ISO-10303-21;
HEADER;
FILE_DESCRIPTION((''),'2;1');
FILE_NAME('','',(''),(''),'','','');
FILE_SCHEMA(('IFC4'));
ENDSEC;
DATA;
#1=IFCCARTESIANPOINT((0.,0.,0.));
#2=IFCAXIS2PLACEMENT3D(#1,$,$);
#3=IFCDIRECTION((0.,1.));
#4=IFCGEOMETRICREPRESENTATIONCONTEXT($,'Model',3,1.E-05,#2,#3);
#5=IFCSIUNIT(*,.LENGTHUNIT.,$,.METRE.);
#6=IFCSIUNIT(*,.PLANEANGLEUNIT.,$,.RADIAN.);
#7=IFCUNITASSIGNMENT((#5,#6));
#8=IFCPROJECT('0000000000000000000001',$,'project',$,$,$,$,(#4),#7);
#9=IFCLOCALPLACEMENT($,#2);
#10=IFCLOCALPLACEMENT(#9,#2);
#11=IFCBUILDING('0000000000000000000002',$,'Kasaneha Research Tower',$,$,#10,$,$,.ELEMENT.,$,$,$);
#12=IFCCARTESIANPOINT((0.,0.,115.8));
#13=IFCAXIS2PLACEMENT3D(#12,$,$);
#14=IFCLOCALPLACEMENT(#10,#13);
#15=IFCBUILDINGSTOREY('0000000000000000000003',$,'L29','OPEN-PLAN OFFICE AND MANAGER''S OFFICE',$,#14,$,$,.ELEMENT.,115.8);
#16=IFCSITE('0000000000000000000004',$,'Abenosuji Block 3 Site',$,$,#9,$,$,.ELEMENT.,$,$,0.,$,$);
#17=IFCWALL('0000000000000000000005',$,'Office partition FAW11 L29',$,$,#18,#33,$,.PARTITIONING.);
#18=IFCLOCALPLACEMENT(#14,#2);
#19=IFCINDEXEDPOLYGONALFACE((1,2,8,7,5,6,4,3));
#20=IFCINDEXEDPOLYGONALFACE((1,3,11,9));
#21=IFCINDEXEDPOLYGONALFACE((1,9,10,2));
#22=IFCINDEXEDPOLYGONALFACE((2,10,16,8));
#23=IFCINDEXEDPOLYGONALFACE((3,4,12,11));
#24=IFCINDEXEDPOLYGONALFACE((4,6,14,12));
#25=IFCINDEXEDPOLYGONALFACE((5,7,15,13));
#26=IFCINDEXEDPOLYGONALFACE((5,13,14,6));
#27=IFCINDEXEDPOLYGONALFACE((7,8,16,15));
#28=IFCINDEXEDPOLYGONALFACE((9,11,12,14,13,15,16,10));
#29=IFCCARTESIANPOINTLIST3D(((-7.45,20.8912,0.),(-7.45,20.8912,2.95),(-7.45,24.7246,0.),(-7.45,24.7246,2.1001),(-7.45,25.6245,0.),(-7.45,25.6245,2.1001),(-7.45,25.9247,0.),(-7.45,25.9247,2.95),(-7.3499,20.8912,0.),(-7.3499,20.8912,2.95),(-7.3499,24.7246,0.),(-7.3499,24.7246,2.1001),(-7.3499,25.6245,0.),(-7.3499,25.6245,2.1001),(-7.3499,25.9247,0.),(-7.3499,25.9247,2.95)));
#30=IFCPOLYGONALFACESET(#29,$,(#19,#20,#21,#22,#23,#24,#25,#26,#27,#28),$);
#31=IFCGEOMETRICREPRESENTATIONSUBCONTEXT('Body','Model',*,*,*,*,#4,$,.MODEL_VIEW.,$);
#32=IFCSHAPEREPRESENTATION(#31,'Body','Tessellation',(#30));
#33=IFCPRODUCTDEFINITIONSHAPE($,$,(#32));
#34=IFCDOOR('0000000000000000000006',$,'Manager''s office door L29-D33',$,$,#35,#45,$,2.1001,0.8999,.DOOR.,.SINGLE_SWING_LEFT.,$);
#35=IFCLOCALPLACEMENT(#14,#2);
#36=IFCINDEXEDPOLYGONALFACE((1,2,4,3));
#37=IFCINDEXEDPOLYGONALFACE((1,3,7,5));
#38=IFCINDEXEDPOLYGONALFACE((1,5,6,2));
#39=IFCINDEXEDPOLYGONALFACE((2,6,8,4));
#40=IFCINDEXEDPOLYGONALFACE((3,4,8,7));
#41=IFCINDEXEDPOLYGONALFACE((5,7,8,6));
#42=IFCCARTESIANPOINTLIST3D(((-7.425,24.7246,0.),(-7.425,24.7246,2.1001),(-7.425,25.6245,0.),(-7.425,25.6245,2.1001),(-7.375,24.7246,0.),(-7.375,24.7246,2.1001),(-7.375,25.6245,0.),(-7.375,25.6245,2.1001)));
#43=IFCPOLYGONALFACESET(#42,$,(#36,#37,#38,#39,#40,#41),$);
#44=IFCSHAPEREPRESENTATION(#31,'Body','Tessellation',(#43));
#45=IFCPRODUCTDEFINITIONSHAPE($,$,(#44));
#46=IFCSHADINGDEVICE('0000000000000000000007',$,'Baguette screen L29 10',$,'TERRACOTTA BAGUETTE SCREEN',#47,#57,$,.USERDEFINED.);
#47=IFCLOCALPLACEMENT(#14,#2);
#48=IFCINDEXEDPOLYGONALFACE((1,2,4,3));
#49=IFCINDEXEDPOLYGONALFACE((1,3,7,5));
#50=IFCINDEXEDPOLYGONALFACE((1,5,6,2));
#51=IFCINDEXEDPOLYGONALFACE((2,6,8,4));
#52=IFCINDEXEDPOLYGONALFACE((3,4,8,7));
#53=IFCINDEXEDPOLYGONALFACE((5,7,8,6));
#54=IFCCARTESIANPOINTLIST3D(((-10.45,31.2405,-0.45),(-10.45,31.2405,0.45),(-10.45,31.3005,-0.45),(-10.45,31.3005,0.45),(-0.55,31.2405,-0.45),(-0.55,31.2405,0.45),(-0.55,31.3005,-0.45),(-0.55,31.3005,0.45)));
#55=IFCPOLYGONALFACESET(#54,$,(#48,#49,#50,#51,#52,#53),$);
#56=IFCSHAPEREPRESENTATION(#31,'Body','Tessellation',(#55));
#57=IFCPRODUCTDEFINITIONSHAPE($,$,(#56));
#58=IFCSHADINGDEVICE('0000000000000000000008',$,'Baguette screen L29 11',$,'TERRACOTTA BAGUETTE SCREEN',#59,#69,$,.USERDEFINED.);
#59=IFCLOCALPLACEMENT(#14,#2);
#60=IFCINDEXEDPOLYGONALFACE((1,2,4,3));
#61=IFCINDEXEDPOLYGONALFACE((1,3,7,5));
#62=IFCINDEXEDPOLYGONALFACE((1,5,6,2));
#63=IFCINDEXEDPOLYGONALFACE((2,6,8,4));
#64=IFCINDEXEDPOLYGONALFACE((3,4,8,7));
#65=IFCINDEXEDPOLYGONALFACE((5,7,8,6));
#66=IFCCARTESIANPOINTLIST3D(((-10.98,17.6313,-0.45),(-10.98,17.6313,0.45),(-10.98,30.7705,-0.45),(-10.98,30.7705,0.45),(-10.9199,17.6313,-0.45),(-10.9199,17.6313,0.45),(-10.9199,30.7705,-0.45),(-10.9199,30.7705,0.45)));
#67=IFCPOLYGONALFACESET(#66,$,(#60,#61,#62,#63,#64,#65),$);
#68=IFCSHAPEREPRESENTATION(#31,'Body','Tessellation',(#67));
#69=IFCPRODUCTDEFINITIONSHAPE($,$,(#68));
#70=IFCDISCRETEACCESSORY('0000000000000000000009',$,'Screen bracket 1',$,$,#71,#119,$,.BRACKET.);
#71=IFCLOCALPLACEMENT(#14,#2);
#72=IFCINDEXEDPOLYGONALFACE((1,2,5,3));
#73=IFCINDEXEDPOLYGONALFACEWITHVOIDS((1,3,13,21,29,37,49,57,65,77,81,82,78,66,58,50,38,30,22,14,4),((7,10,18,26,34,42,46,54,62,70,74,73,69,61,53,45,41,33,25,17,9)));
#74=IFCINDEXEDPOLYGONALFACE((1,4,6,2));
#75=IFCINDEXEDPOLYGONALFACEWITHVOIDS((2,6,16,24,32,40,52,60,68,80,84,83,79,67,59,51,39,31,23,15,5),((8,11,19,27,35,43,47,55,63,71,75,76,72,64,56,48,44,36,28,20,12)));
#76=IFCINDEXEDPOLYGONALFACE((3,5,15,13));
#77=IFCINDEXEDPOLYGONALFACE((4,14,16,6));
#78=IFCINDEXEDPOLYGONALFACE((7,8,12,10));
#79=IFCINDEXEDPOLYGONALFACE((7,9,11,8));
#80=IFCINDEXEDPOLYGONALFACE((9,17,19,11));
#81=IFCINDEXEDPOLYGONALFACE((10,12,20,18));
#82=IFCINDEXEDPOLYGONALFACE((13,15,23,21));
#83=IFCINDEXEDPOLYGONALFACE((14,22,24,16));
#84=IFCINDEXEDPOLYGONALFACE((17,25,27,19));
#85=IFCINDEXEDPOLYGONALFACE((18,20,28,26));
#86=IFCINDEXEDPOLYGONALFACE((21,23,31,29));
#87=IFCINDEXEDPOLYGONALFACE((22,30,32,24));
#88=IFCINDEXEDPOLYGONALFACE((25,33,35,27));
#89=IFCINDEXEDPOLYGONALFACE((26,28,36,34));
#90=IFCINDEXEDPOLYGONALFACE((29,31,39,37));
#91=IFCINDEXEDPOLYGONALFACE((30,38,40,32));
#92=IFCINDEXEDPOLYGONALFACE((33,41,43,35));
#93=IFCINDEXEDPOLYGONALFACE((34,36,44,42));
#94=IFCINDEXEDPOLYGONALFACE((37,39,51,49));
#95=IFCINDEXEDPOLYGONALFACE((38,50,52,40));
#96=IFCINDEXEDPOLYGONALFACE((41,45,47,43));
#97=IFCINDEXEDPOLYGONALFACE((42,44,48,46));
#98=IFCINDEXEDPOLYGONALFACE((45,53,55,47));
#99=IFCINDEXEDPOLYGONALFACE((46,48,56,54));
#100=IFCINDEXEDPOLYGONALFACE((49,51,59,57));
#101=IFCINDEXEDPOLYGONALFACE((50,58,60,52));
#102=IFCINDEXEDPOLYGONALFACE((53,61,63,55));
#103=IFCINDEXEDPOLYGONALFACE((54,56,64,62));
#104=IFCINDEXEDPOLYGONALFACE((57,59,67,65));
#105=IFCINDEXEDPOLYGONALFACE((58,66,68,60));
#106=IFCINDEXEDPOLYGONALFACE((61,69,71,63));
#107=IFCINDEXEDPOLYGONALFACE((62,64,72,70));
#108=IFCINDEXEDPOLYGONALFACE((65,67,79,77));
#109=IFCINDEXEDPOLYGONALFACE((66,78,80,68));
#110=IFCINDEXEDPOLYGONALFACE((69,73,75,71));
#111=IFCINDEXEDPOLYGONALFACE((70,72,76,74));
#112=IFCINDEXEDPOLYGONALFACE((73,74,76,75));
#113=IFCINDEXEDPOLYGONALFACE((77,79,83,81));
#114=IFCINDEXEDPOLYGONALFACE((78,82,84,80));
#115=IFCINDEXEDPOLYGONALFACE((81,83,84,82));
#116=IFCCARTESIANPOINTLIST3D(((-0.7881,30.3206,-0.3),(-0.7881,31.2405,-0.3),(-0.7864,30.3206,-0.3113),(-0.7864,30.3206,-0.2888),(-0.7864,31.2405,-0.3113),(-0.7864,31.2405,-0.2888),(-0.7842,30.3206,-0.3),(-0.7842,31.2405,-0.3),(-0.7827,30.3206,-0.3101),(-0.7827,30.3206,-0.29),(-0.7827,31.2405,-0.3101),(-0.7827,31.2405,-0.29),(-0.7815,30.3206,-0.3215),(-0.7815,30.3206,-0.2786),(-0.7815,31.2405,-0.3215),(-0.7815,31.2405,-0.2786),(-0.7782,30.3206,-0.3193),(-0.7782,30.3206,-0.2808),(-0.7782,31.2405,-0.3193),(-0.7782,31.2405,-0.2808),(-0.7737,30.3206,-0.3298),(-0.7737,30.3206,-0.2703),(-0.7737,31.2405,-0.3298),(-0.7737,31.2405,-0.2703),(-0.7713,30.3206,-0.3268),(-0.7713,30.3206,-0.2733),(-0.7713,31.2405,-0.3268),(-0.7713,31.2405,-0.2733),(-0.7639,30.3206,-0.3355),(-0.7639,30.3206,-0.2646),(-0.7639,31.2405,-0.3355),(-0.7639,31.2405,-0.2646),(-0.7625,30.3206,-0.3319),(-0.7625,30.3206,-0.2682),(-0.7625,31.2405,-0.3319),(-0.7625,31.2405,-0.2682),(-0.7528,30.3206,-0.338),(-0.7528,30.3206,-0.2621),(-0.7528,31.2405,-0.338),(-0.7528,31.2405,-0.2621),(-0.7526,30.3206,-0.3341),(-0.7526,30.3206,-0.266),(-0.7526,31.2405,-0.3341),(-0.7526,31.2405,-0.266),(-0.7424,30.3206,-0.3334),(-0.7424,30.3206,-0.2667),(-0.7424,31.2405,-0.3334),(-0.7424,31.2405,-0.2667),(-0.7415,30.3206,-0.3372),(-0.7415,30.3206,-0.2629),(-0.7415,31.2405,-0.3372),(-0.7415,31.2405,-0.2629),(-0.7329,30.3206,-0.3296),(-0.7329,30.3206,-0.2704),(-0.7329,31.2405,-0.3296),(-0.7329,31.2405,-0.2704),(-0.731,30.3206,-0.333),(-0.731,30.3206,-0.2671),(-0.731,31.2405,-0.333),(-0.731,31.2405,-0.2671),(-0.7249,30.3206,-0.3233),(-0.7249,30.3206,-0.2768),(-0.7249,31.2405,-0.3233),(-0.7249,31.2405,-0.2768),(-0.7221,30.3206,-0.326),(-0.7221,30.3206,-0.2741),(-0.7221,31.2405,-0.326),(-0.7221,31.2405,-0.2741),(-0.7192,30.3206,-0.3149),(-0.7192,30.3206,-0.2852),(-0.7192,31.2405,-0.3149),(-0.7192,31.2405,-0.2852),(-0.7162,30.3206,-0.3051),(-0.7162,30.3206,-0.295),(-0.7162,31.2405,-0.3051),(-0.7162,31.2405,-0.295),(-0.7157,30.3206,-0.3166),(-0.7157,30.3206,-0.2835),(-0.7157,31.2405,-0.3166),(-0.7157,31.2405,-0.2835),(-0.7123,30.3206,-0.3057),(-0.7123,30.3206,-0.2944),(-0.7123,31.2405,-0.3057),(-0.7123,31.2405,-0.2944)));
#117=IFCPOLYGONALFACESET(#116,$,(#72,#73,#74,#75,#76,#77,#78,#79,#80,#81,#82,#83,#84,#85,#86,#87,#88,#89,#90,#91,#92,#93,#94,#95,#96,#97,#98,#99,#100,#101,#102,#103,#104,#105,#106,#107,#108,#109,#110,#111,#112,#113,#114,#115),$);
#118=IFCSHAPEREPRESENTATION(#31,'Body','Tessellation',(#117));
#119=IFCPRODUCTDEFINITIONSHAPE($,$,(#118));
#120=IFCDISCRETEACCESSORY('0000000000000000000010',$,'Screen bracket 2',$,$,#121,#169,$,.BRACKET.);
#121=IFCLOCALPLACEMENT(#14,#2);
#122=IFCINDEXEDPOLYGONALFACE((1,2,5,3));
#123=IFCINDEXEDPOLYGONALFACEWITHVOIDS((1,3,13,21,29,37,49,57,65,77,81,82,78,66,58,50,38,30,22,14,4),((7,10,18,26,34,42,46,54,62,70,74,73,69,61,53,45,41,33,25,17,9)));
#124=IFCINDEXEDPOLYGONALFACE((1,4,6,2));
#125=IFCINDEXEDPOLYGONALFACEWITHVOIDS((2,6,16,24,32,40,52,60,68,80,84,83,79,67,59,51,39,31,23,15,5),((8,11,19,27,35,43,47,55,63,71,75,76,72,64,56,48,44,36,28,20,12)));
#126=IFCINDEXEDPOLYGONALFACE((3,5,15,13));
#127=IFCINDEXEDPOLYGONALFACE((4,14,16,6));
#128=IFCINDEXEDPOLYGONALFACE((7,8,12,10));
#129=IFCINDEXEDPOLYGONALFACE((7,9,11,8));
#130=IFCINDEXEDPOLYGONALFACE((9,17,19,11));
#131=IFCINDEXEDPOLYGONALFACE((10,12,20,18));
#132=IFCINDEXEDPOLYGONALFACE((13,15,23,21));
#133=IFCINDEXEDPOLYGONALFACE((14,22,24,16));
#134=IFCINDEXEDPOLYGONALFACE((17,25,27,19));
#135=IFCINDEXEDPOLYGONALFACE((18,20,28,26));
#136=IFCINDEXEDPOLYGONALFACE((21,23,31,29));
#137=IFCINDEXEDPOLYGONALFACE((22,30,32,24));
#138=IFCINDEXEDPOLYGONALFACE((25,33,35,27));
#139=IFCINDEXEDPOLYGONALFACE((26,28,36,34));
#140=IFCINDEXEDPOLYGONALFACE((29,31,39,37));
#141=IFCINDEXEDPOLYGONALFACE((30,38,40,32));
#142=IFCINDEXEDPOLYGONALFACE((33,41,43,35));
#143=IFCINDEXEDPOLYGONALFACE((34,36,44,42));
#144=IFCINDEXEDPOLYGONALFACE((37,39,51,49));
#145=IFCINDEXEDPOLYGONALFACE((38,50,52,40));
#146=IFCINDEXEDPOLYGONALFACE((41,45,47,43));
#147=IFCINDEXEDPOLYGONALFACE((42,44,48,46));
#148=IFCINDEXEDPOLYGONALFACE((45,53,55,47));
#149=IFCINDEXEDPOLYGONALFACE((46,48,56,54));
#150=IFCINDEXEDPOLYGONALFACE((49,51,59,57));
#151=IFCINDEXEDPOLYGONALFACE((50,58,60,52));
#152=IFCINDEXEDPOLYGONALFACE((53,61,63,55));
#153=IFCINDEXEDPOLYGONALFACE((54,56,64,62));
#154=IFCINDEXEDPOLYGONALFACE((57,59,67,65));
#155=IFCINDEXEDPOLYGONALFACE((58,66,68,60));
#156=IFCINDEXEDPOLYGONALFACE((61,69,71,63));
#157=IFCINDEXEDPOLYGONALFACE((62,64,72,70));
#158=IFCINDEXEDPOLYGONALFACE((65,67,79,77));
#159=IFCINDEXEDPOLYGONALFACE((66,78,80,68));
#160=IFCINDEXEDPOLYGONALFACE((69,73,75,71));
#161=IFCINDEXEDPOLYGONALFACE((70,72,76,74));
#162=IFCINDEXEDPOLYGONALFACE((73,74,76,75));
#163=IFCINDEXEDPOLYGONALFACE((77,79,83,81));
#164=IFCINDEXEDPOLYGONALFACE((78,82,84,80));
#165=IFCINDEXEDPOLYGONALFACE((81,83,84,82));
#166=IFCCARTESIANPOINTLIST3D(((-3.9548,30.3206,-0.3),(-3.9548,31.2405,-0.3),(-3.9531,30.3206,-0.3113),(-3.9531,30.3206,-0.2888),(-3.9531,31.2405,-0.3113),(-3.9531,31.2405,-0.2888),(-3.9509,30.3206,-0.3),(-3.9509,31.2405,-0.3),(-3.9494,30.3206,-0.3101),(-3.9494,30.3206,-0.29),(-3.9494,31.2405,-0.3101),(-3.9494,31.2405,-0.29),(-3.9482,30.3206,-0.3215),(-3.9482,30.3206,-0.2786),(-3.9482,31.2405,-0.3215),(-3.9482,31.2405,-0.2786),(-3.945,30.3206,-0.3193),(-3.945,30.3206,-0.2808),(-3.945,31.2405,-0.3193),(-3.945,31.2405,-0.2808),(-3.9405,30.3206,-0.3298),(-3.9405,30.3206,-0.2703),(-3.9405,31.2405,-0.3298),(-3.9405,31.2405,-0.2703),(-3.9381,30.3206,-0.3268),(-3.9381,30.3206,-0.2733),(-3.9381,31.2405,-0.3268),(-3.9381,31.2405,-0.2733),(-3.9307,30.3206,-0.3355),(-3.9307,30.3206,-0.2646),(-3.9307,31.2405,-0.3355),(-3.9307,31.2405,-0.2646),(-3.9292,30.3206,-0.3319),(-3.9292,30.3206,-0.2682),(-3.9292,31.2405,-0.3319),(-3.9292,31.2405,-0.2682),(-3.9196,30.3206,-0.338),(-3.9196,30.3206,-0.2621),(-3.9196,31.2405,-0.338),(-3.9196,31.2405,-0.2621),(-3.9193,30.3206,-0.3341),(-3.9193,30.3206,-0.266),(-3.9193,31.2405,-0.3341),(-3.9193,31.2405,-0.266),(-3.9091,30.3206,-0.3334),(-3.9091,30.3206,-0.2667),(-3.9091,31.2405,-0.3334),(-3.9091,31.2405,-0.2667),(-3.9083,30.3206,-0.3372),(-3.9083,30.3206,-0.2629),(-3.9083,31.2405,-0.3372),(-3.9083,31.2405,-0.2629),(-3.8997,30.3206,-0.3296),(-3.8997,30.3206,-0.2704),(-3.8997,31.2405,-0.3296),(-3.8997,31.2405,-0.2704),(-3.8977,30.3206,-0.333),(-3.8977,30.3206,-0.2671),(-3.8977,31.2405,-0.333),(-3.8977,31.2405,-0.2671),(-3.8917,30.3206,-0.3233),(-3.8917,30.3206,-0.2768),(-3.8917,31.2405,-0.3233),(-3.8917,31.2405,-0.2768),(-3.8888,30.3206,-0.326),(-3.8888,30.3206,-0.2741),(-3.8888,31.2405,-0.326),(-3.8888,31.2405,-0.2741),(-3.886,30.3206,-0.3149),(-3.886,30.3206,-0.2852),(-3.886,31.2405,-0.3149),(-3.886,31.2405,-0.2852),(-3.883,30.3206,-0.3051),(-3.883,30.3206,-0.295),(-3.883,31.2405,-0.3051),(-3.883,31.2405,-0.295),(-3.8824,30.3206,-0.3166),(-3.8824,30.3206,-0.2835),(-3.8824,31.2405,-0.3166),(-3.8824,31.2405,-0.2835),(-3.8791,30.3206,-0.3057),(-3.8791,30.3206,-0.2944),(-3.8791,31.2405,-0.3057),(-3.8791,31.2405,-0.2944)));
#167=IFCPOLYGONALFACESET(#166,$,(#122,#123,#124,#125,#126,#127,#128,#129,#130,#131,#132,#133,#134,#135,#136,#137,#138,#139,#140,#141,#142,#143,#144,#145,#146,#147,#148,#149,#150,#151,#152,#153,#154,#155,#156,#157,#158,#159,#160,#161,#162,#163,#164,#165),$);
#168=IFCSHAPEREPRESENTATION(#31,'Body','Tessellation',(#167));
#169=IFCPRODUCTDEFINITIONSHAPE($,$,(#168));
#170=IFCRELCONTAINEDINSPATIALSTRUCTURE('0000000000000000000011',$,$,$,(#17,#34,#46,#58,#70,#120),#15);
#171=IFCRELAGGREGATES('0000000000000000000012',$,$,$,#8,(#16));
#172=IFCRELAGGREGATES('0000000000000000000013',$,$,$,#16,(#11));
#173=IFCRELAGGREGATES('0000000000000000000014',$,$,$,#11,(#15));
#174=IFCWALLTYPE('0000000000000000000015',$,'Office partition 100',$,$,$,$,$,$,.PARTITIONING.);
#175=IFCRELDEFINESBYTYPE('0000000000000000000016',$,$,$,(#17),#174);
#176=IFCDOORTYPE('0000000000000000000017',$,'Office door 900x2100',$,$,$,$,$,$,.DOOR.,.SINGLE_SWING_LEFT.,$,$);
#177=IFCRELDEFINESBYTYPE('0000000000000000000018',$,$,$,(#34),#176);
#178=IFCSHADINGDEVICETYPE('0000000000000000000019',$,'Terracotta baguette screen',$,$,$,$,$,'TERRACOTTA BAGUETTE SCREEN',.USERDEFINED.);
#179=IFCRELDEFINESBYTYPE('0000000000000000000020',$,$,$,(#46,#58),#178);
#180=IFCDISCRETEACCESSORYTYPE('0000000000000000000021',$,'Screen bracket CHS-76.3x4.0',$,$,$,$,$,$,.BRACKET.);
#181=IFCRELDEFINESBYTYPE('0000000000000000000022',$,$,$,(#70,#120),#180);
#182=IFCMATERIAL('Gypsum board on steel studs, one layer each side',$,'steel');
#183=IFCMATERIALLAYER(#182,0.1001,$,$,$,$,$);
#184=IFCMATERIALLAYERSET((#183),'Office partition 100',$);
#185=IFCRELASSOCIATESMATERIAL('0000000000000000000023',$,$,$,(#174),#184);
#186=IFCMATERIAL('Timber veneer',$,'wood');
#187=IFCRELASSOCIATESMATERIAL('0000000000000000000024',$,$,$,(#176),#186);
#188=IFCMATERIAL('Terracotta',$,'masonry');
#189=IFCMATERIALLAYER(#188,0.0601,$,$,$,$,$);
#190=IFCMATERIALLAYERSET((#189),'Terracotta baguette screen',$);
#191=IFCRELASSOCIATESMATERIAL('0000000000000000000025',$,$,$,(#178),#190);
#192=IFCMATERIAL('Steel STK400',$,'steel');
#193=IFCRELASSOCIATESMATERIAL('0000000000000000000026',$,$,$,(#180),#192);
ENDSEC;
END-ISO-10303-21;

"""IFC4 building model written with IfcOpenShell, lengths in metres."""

from ifc_helpers import new_model, si_unit, direction, frame, frame_2d, origin, origin_2d, place, context, subcontext, project, spatial, rectangle, hollow_circle, extrude, material, layer, layer_set, material_profile, profile_set, type_object, element, fill, save


model = new_model("IFC4")

# Units and contexts
model_context = context("Model", 3, precision=1e-05, world=origin(), true_north=direction((0.0, 1.0)))
body_context = subcontext(model_context, "Body", "Model", "MODEL_VIEW")
ifc_project = project(units=[si_unit("LENGTHUNIT", "METRE"), si_unit("PLANEANGLEUNIT", "RADIAN")], contexts=[model_context])

# Site, building, storey
site_placement = place(None, origin())
site = spatial("IfcSite", under=ifc_project, at=site_placement, Name="Abenosuji Block 3 Site", CompositionType="ELEMENT", RefElevation=0.0)
building_placement = place(site_placement, origin())
building = spatial("IfcBuilding", under=site, at=building_placement, Name="Kasaneha Research Tower", CompositionType="ELEMENT")
storey_placement = place(building_placement, frame((0.0, 0.0, 115.8)))
storey = spatial("IfcBuildingStorey", under=building, at=storey_placement, Name="L29", Description="OPEN-PLAN OFFICE AND MANAGER'S OFFICE", CompositionType="ELEMENT", Elevation=115.8)

# Shared definitions
ifc_material_1 = material(Name="Gypsum board on steel studs, one layer each side", Category="steel")
ifc_layer_1 = layer(ifc_material_1, 0.1001)
ifc_layer_set_1 = layer_set([ifc_layer_1], Name="Office partition 100")
wall_type = type_object("IfcWallType", Name="Office partition 100", PredefinedType="PARTITIONING", material=ifc_layer_set_1)

# Wall, opening, door
ifc_material_2 = material(Name="Timber veneer", Category="wood")
door_type = type_object("IfcDoorType", Name="Office door 900x2100", OperationType="SINGLE_SWING_LEFT", PredefinedType="DOOR", material=ifc_material_2)
wall_1_placement = place(storey_placement, frame((-7.3999, 25.9246, 0.0), z_axis=(0.0, 0.0, 1.0), x_axis=(0.0, -1.0, 0.0)))
wall_1 = element("IfcWall", 1, at=wall_1_placement, inside=storey, type_object=wall_type, Name="Office partition FAW11 L29", PredefinedType="PARTITIONING", context=body_context, shape_type="SweptSolid", body=[
    extrude(rectangle(XDim=5.0334, YDim=0.1001, at=frame_2d((2.5166, 0.0))), origin(), (0.0, 0.0, 1.0), 2.95),
])
opening_1_placement = place(wall_1_placement, frame((0.3, 0.0, 0.0)))
opening_1 = element("IfcOpeningElement", 2, at=opening_1_placement, cuts=wall_1, PredefinedType="OPENING", context=body_context, shape_type="SweptSolid", body=[
    extrude(rectangle(XDim=0.8999, YDim=2.1001, at=frame_2d((0.45, 1.05))), frame((0.0, 0.0601, 0.0), z_axis=(0.0, -1.0, 0.0), x_axis=(1.0, 0.0, 0.0)), (0.0, 0.0, 1.0), 0.1201),
])
door_1_placement = place(opening_1_placement, origin())
door_1 = element("IfcDoor", 3, at=door_1_placement, inside=storey, type_object=door_type, Name="Manager's office door L29-D33", OperationType="SINGLE_SWING_LEFT", OverallHeight=2.1001, OverallWidth=0.8999, PredefinedType="DOOR", context=body_context, shape_type="SweptSolid", body=[
    extrude(rectangle(XDim=0.8999, YDim=2.1001, at=frame_2d((0.45, 1.05))), frame((0.0, 0.0249, 0.0), z_axis=(0.0, -1.0, 0.0), x_axis=(1.0, 0.0, 0.0)), (0.0, 0.0, 1.0), 0.05),
])
fill(opening_1, door_1)

# Shading devices
ifc_material_3 = material(Name="Terracotta", Category="masonry")
ifc_layer_2 = layer(ifc_material_3, 0.0601)
ifc_layer_set_2 = layer_set([ifc_layer_2], Name="Terracotta baguette screen")
shading_device_type = type_object("IfcShadingDeviceType", Name="Terracotta baguette screen", ElementType="TERRACOTTA BAGUETTE SCREEN", PredefinedType="USERDEFINED", material=ifc_layer_set_2)
shading_device_1_placement = place(storey_placement, frame((-5.5, 31.2705, -0.45), z_axis=(0.0, 0.0, 1.0), x_axis=(-1.0, 0.0, 0.0)))
element("IfcShadingDevice", 4, at=shading_device_1_placement, inside=storey, type_object=shading_device_type, Name="Baguette screen L29 10", ObjectType="TERRACOTTA BAGUETTE SCREEN", PredefinedType="USERDEFINED", context=body_context, shape_type="SweptSolid", body=[
    extrude(rectangle(XDim=9.8999, YDim=0.0601, at=origin_2d()), origin(), (0.0, 0.0, 1.0), 0.8999),
])
shading_device_2_placement = place(storey_placement, frame((-10.95, 24.2009, -0.45), z_axis=(0.0, 0.0, 1.0), x_axis=(0.0, -1.0, 0.0)))
element("IfcShadingDevice", 5, at=shading_device_2_placement, inside=storey, type_object=shading_device_type, Name="Baguette screen L29 11", ObjectType="TERRACOTTA BAGUETTE SCREEN", PredefinedType="USERDEFINED", context=body_context, shape_type="SweptSolid", body=[
    extrude(rectangle(XDim=13.1392, YDim=0.0601, at=origin_2d()), origin(), (0.0, 0.0, 1.0), 0.8999),
])

# Discrete accessories
ifc_material_4 = material(Name="Steel STK400", Category="steel")
ifc_material_profile_1 = material_profile(ifc_material_4, hollow_circle(Radius=0.0381, WallThickness=0.0039, at=origin_2d()), Name="CHS-76.3x4.0")
ifc_profile_set_1 = profile_set([ifc_material_profile_1], Name="Steel STK400")
discrete_accessory_type = type_object("IfcDiscreteAccessoryType", Name="Screen bracket CHS-76.3x4.0", PredefinedType="BRACKET", material=ifc_profile_set_1)
for number, where, z_axis, x_axis, name in (
    (6, (-0.75, 30.3206, -0.3), (0.0, 1.0, 0.0), (-1.0, 0.0, 0.0), "Screen bracket 1"),
    (7, (-3.9167, 30.3206, -0.3), (0.0, 1.0, 0.0), (-1.0, 0.0, 0.0), "Screen bracket 2"),
):
    element("IfcDiscreteAccessory", number, at=place(storey_placement, frame(where, z_axis=z_axis, x_axis=x_axis)), inside=storey, type_object=discrete_accessory_type, Name=name, PredefinedType="BRACKET", context=body_context, shape_type="SweptSolid", body=[
        extrude(hollow_circle(Radius=0.0381, WallThickness=0.0039, at=origin_2d()), origin(), (0.0, 0.0, 1.0), 0.9199),
    ])

save(model, "model.ifc")
